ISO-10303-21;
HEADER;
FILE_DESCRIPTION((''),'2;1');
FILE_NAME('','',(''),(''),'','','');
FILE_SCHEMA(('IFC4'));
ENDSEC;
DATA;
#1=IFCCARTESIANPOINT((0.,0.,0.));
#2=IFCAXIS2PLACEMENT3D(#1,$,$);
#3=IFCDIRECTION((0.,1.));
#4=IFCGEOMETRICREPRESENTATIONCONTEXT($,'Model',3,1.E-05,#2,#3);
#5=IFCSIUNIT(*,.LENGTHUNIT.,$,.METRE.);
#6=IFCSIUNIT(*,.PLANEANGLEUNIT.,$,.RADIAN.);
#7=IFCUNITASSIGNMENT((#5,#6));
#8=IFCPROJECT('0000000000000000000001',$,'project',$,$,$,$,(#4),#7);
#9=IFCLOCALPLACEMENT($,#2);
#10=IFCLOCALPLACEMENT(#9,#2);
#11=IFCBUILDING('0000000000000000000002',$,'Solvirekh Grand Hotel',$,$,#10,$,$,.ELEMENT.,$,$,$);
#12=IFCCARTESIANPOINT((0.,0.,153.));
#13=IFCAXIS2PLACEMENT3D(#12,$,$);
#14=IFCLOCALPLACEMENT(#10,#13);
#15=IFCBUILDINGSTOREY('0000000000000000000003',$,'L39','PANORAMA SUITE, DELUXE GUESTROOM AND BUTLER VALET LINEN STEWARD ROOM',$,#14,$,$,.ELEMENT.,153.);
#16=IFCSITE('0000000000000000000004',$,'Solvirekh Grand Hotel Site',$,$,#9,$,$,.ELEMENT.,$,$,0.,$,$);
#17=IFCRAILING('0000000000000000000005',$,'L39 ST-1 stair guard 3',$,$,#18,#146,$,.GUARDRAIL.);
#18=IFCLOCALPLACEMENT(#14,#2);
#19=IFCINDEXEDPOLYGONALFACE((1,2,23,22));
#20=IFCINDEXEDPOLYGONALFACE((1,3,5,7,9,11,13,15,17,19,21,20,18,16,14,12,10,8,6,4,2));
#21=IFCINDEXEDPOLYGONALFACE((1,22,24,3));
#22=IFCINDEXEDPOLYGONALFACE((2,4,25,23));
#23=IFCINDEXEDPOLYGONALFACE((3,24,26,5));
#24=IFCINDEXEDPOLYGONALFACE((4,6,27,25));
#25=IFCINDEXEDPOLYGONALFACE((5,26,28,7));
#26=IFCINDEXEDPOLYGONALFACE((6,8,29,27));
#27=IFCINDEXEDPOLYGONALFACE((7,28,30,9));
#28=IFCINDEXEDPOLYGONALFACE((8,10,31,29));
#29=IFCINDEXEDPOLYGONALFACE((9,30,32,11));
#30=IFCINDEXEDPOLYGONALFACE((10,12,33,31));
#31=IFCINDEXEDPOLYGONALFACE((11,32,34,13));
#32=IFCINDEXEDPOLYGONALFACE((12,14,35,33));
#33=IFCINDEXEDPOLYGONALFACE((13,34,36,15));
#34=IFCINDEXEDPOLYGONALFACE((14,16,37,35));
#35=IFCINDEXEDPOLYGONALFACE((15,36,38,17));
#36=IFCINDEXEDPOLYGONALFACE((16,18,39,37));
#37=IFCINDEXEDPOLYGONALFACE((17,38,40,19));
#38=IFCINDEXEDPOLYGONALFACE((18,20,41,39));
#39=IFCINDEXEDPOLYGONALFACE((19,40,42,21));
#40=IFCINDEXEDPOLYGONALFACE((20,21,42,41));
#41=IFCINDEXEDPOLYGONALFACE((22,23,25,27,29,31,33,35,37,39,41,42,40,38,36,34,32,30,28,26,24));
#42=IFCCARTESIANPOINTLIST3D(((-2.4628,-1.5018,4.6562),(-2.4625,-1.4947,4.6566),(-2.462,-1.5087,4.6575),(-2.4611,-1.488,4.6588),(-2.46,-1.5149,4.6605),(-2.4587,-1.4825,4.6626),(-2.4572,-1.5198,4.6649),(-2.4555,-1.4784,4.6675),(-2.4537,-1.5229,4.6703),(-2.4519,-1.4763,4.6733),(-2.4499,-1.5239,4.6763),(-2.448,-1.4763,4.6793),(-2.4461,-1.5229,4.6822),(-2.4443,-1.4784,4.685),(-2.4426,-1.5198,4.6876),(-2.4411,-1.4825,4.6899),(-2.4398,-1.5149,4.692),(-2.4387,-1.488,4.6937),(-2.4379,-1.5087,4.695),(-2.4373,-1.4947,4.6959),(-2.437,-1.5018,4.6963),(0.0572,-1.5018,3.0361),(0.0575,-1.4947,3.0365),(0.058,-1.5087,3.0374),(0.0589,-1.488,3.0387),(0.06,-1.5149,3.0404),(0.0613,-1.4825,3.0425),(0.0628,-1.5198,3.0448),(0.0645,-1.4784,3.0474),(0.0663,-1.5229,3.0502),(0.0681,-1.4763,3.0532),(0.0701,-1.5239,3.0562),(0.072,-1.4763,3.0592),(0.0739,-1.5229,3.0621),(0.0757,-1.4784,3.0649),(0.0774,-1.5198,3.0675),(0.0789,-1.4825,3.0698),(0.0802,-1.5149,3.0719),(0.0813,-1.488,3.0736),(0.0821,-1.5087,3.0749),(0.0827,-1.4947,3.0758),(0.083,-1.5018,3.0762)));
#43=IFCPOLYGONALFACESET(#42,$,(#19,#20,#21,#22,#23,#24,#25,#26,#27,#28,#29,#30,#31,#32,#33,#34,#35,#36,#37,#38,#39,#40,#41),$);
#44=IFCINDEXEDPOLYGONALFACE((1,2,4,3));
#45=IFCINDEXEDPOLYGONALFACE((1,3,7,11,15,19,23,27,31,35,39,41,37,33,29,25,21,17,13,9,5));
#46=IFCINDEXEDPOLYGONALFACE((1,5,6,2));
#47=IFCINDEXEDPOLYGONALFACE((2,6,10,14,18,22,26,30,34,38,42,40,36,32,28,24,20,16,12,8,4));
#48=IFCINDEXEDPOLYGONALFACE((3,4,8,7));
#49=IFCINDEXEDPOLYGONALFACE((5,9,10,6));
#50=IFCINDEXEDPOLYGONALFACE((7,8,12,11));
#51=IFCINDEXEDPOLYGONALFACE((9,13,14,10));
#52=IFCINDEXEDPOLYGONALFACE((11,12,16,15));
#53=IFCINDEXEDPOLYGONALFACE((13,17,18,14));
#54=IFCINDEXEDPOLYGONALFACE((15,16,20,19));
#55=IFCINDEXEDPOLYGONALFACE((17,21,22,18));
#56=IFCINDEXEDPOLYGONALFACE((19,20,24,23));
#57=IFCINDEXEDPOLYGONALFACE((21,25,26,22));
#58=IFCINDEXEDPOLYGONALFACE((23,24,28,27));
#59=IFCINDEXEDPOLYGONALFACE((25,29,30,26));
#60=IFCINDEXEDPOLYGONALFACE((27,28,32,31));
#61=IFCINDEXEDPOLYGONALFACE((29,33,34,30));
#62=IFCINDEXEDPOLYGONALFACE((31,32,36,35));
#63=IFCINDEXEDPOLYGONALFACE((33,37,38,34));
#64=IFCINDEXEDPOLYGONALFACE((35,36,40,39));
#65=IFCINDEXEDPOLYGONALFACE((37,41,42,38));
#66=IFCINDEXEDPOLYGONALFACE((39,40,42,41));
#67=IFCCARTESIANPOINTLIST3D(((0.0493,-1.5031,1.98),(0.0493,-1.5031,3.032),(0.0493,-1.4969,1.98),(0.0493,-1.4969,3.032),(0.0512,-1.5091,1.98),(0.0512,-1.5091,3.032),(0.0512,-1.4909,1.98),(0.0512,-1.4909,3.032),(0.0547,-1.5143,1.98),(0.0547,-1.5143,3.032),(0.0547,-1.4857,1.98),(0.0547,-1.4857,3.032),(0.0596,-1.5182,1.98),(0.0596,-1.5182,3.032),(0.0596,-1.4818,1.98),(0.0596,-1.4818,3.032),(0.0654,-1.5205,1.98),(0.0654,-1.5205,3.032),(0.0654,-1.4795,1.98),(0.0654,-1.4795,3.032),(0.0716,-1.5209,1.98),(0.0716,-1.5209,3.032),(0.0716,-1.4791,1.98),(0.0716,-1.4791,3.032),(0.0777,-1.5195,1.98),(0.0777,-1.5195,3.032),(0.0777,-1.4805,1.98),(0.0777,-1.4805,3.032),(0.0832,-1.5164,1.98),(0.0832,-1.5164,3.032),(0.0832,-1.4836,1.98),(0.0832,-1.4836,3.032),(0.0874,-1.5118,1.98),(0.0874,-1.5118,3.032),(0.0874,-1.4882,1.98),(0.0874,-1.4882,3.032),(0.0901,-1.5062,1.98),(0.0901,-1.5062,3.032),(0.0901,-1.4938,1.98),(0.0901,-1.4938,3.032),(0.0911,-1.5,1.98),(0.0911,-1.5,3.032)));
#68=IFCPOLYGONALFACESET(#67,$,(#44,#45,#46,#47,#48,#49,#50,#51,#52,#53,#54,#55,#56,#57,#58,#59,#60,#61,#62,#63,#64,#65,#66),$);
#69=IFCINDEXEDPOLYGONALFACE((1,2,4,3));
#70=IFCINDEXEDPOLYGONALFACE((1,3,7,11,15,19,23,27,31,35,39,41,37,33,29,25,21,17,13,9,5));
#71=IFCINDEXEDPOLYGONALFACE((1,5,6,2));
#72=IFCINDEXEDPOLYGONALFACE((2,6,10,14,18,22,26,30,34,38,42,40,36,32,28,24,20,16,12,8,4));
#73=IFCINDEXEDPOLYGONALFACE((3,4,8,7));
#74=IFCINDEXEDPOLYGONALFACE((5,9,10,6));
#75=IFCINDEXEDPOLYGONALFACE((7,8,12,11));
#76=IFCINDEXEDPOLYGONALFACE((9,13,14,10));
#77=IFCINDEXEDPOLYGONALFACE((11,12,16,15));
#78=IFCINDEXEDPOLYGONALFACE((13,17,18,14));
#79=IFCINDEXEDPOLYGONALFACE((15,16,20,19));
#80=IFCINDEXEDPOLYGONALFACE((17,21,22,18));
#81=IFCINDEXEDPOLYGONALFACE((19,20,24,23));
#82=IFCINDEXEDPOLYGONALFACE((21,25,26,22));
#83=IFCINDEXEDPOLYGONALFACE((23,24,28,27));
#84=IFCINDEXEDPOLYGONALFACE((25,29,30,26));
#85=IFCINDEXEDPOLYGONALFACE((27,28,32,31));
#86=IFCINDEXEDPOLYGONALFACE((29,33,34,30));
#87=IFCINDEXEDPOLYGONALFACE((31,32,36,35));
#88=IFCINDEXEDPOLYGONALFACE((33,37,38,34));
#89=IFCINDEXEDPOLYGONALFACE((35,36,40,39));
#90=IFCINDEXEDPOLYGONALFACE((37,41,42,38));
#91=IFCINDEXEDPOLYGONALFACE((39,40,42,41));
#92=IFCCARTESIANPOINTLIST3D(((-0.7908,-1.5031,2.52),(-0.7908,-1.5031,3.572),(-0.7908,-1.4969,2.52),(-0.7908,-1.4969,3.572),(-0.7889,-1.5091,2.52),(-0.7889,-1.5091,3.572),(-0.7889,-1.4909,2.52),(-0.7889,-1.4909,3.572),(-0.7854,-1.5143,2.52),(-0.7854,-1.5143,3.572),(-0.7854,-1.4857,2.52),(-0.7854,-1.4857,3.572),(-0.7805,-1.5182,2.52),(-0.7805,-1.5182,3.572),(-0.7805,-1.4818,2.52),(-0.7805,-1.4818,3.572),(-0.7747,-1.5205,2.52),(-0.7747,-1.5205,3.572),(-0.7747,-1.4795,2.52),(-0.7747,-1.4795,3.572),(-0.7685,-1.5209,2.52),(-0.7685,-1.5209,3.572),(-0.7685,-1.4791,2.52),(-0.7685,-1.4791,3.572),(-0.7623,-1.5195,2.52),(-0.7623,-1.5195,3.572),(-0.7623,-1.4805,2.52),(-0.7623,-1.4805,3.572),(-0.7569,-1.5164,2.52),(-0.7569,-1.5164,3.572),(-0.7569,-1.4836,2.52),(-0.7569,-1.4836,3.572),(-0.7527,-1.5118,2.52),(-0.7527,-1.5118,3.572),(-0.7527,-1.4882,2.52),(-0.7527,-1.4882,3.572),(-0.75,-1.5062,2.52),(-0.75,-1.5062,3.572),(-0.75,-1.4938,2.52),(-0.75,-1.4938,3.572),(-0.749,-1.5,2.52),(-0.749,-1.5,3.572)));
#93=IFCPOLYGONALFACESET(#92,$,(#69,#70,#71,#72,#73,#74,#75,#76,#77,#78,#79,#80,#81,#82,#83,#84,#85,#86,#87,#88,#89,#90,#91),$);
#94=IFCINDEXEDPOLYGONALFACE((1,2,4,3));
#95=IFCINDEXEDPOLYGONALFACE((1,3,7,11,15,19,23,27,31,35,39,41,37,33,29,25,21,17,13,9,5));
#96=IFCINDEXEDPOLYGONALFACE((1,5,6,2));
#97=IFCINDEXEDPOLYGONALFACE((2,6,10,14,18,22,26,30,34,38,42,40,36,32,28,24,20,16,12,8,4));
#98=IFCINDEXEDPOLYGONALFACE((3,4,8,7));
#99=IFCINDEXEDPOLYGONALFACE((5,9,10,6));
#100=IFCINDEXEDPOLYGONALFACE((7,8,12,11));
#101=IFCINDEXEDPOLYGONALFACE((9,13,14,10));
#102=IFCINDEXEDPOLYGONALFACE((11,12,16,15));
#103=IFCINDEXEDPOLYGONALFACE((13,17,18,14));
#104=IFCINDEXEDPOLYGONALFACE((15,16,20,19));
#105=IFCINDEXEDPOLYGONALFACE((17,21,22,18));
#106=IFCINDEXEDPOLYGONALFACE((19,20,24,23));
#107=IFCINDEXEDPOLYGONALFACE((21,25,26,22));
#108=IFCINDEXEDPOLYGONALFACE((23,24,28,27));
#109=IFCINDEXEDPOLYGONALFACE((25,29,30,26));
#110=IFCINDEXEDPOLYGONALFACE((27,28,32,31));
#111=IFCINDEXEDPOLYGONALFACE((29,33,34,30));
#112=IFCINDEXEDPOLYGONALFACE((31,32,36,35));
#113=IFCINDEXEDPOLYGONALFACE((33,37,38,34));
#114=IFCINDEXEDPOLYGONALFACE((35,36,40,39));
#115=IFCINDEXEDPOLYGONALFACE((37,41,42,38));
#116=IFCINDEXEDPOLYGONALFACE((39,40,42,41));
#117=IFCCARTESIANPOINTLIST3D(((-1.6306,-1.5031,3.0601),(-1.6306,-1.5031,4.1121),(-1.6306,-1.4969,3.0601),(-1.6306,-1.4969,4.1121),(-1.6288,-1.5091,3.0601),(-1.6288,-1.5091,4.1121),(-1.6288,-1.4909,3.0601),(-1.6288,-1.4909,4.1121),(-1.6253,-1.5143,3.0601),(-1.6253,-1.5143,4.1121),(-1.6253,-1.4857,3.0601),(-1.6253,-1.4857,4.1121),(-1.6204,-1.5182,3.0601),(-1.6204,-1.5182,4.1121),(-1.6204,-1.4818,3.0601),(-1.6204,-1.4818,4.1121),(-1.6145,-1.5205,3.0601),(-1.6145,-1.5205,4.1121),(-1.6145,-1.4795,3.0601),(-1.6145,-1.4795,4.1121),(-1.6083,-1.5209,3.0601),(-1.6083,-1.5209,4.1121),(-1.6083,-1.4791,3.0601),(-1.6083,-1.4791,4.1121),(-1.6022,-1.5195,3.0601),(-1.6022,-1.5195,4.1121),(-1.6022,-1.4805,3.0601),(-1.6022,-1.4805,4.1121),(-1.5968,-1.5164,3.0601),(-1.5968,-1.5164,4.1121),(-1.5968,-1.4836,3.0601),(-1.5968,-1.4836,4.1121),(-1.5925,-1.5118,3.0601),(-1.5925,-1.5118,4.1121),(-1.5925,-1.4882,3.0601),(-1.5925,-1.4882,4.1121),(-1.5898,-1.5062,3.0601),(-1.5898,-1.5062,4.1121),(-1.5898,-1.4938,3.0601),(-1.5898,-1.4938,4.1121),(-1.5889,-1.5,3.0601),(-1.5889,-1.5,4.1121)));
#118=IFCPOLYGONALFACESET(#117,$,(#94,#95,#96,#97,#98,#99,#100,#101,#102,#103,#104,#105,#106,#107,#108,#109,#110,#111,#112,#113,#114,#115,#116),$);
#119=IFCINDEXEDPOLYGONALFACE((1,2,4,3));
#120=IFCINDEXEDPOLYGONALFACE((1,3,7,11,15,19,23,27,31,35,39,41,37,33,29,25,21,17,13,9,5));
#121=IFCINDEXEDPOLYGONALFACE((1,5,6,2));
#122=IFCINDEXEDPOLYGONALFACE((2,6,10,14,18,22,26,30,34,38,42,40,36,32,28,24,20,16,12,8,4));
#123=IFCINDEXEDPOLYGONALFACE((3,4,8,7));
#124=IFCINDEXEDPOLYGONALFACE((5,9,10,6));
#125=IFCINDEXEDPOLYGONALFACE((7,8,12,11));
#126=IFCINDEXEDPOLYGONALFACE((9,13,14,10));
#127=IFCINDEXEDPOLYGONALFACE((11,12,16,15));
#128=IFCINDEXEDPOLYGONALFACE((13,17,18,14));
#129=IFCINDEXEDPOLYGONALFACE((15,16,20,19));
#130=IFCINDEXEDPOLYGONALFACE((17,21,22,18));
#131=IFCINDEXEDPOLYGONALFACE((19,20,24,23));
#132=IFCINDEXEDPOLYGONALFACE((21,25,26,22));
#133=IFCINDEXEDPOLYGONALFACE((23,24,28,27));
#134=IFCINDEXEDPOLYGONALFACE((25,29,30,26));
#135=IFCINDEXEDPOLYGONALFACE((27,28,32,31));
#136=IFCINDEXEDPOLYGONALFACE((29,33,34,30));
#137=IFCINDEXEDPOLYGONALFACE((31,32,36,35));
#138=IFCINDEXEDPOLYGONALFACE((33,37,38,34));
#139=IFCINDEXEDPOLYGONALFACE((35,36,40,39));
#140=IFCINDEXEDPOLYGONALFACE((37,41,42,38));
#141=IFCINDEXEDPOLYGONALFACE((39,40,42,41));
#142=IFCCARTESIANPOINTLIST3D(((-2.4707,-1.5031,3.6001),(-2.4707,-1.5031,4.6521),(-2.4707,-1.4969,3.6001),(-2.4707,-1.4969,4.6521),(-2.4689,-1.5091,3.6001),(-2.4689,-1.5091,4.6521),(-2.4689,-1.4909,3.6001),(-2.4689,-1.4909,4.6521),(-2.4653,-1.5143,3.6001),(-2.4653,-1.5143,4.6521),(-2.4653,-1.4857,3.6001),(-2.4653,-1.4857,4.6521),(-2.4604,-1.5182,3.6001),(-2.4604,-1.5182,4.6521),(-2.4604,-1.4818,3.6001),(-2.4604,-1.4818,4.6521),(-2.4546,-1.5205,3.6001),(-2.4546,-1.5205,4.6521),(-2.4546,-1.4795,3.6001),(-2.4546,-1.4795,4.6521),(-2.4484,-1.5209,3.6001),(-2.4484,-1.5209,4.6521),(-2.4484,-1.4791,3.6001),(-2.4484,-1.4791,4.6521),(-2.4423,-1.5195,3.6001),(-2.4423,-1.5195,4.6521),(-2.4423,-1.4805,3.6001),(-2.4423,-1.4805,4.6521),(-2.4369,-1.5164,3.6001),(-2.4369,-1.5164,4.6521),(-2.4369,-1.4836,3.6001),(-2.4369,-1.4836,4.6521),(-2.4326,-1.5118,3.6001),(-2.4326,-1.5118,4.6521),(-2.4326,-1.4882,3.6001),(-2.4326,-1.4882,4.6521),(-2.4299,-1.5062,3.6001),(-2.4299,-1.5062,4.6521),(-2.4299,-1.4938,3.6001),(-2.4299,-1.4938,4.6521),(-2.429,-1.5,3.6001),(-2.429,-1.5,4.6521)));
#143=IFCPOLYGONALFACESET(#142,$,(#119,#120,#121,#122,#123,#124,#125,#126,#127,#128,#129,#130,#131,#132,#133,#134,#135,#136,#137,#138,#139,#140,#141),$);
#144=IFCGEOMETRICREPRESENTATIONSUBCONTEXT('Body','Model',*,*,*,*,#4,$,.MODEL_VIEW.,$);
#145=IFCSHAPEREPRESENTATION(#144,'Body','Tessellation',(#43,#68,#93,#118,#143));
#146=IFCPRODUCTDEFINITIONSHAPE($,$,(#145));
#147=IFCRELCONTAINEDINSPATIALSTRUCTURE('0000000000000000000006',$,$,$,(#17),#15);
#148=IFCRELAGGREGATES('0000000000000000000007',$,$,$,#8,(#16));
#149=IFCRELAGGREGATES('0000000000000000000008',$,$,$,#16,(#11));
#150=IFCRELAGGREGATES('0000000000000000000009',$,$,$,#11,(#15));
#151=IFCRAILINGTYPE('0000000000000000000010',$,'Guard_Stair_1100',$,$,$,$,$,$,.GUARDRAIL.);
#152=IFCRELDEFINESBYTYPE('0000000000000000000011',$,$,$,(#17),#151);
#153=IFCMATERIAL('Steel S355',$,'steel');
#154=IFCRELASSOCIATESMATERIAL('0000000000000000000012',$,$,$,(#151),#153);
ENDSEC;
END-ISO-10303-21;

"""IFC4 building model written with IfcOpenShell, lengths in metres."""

from ifc_helpers import new_model, si_unit, direction, frame, origin, origin_2d, place, context, subcontext, project, spatial, circle, extrude, material, type_object, element, save


model = new_model("IFC4")

# Units and contexts
model_context = context("Model", 3, precision=1e-05, world=origin(), true_north=direction((0.0, 1.0)))
body_context = subcontext(model_context, "Body", "Model", "MODEL_VIEW")
ifc_project = project(units=[si_unit("LENGTHUNIT", "METRE"), si_unit("PLANEANGLEUNIT", "RADIAN")], contexts=[model_context])

# Site, building, storey
site_placement = place(None, origin())
site = spatial("IfcSite", under=ifc_project, at=site_placement, Name="Solvirekh Grand Hotel Site", CompositionType="ELEMENT", RefElevation=0.0)
building_placement = place(site_placement, origin())
building = spatial("IfcBuilding", under=site, at=building_placement, Name="Solvirekh Grand Hotel", CompositionType="ELEMENT")
storey_placement = place(building_placement, frame((0.0, 0.0, 153.0)))
storey = spatial("IfcBuildingStorey", under=building, at=storey_placement, Name="L39", Description="PANORAMA SUITE, DELUXE GUESTROOM AND BUTLER VALET LINEN STEWARD ROOM", CompositionType="ELEMENT", Elevation=153.0)

# Railing
ifc_material_1 = material(Name="Steel S355", Category="steel")
railing_type_1 = type_object("IfcRailingType", Name="Guard_Stair_1100", PredefinedType="GUARDRAIL", material=ifc_material_1)
railing_1_placement = place(storey_placement, frame((0.0701, -1.5, 1.98)))
element("IfcRailing", 1, at=railing_1_placement, inside=storey, type_object=railing_type_1, Name="L39 ST-1 stair guard 3", PredefinedType="GUARDRAIL", context=body_context, shape_type="SweptSolid", body=[
    extrude(circle(Radius=0.0239, at=origin_2d()), frame((0.0, 0.0, 1.0762), z_axis=(-0.841163, 0.0, 0.540782), x_axis=(0.0, -1.0, 0.0)), (0.0, 0.0, 1.0), 2.9958),
    extrude(circle(Radius=0.021, at=origin_2d()), origin(), (0.0, 0.0, 1.0), 1.052),
    extrude(circle(Radius=0.021, at=origin_2d()), frame((-0.8401, 0.0, 0.54)), (0.0, 0.0, 1.0), 1.052),
    extrude(circle(Radius=0.021, at=origin_2d()), frame((-1.6799, 0.0, 1.0801)), (0.0, 0.0, 1.0), 1.052),
    extrude(circle(Radius=0.021, at=origin_2d()), frame((-2.52, 0.0, 1.6201)), (0.0, 0.0, 1.0), 1.052),
])

save(model, "model.ifc")
